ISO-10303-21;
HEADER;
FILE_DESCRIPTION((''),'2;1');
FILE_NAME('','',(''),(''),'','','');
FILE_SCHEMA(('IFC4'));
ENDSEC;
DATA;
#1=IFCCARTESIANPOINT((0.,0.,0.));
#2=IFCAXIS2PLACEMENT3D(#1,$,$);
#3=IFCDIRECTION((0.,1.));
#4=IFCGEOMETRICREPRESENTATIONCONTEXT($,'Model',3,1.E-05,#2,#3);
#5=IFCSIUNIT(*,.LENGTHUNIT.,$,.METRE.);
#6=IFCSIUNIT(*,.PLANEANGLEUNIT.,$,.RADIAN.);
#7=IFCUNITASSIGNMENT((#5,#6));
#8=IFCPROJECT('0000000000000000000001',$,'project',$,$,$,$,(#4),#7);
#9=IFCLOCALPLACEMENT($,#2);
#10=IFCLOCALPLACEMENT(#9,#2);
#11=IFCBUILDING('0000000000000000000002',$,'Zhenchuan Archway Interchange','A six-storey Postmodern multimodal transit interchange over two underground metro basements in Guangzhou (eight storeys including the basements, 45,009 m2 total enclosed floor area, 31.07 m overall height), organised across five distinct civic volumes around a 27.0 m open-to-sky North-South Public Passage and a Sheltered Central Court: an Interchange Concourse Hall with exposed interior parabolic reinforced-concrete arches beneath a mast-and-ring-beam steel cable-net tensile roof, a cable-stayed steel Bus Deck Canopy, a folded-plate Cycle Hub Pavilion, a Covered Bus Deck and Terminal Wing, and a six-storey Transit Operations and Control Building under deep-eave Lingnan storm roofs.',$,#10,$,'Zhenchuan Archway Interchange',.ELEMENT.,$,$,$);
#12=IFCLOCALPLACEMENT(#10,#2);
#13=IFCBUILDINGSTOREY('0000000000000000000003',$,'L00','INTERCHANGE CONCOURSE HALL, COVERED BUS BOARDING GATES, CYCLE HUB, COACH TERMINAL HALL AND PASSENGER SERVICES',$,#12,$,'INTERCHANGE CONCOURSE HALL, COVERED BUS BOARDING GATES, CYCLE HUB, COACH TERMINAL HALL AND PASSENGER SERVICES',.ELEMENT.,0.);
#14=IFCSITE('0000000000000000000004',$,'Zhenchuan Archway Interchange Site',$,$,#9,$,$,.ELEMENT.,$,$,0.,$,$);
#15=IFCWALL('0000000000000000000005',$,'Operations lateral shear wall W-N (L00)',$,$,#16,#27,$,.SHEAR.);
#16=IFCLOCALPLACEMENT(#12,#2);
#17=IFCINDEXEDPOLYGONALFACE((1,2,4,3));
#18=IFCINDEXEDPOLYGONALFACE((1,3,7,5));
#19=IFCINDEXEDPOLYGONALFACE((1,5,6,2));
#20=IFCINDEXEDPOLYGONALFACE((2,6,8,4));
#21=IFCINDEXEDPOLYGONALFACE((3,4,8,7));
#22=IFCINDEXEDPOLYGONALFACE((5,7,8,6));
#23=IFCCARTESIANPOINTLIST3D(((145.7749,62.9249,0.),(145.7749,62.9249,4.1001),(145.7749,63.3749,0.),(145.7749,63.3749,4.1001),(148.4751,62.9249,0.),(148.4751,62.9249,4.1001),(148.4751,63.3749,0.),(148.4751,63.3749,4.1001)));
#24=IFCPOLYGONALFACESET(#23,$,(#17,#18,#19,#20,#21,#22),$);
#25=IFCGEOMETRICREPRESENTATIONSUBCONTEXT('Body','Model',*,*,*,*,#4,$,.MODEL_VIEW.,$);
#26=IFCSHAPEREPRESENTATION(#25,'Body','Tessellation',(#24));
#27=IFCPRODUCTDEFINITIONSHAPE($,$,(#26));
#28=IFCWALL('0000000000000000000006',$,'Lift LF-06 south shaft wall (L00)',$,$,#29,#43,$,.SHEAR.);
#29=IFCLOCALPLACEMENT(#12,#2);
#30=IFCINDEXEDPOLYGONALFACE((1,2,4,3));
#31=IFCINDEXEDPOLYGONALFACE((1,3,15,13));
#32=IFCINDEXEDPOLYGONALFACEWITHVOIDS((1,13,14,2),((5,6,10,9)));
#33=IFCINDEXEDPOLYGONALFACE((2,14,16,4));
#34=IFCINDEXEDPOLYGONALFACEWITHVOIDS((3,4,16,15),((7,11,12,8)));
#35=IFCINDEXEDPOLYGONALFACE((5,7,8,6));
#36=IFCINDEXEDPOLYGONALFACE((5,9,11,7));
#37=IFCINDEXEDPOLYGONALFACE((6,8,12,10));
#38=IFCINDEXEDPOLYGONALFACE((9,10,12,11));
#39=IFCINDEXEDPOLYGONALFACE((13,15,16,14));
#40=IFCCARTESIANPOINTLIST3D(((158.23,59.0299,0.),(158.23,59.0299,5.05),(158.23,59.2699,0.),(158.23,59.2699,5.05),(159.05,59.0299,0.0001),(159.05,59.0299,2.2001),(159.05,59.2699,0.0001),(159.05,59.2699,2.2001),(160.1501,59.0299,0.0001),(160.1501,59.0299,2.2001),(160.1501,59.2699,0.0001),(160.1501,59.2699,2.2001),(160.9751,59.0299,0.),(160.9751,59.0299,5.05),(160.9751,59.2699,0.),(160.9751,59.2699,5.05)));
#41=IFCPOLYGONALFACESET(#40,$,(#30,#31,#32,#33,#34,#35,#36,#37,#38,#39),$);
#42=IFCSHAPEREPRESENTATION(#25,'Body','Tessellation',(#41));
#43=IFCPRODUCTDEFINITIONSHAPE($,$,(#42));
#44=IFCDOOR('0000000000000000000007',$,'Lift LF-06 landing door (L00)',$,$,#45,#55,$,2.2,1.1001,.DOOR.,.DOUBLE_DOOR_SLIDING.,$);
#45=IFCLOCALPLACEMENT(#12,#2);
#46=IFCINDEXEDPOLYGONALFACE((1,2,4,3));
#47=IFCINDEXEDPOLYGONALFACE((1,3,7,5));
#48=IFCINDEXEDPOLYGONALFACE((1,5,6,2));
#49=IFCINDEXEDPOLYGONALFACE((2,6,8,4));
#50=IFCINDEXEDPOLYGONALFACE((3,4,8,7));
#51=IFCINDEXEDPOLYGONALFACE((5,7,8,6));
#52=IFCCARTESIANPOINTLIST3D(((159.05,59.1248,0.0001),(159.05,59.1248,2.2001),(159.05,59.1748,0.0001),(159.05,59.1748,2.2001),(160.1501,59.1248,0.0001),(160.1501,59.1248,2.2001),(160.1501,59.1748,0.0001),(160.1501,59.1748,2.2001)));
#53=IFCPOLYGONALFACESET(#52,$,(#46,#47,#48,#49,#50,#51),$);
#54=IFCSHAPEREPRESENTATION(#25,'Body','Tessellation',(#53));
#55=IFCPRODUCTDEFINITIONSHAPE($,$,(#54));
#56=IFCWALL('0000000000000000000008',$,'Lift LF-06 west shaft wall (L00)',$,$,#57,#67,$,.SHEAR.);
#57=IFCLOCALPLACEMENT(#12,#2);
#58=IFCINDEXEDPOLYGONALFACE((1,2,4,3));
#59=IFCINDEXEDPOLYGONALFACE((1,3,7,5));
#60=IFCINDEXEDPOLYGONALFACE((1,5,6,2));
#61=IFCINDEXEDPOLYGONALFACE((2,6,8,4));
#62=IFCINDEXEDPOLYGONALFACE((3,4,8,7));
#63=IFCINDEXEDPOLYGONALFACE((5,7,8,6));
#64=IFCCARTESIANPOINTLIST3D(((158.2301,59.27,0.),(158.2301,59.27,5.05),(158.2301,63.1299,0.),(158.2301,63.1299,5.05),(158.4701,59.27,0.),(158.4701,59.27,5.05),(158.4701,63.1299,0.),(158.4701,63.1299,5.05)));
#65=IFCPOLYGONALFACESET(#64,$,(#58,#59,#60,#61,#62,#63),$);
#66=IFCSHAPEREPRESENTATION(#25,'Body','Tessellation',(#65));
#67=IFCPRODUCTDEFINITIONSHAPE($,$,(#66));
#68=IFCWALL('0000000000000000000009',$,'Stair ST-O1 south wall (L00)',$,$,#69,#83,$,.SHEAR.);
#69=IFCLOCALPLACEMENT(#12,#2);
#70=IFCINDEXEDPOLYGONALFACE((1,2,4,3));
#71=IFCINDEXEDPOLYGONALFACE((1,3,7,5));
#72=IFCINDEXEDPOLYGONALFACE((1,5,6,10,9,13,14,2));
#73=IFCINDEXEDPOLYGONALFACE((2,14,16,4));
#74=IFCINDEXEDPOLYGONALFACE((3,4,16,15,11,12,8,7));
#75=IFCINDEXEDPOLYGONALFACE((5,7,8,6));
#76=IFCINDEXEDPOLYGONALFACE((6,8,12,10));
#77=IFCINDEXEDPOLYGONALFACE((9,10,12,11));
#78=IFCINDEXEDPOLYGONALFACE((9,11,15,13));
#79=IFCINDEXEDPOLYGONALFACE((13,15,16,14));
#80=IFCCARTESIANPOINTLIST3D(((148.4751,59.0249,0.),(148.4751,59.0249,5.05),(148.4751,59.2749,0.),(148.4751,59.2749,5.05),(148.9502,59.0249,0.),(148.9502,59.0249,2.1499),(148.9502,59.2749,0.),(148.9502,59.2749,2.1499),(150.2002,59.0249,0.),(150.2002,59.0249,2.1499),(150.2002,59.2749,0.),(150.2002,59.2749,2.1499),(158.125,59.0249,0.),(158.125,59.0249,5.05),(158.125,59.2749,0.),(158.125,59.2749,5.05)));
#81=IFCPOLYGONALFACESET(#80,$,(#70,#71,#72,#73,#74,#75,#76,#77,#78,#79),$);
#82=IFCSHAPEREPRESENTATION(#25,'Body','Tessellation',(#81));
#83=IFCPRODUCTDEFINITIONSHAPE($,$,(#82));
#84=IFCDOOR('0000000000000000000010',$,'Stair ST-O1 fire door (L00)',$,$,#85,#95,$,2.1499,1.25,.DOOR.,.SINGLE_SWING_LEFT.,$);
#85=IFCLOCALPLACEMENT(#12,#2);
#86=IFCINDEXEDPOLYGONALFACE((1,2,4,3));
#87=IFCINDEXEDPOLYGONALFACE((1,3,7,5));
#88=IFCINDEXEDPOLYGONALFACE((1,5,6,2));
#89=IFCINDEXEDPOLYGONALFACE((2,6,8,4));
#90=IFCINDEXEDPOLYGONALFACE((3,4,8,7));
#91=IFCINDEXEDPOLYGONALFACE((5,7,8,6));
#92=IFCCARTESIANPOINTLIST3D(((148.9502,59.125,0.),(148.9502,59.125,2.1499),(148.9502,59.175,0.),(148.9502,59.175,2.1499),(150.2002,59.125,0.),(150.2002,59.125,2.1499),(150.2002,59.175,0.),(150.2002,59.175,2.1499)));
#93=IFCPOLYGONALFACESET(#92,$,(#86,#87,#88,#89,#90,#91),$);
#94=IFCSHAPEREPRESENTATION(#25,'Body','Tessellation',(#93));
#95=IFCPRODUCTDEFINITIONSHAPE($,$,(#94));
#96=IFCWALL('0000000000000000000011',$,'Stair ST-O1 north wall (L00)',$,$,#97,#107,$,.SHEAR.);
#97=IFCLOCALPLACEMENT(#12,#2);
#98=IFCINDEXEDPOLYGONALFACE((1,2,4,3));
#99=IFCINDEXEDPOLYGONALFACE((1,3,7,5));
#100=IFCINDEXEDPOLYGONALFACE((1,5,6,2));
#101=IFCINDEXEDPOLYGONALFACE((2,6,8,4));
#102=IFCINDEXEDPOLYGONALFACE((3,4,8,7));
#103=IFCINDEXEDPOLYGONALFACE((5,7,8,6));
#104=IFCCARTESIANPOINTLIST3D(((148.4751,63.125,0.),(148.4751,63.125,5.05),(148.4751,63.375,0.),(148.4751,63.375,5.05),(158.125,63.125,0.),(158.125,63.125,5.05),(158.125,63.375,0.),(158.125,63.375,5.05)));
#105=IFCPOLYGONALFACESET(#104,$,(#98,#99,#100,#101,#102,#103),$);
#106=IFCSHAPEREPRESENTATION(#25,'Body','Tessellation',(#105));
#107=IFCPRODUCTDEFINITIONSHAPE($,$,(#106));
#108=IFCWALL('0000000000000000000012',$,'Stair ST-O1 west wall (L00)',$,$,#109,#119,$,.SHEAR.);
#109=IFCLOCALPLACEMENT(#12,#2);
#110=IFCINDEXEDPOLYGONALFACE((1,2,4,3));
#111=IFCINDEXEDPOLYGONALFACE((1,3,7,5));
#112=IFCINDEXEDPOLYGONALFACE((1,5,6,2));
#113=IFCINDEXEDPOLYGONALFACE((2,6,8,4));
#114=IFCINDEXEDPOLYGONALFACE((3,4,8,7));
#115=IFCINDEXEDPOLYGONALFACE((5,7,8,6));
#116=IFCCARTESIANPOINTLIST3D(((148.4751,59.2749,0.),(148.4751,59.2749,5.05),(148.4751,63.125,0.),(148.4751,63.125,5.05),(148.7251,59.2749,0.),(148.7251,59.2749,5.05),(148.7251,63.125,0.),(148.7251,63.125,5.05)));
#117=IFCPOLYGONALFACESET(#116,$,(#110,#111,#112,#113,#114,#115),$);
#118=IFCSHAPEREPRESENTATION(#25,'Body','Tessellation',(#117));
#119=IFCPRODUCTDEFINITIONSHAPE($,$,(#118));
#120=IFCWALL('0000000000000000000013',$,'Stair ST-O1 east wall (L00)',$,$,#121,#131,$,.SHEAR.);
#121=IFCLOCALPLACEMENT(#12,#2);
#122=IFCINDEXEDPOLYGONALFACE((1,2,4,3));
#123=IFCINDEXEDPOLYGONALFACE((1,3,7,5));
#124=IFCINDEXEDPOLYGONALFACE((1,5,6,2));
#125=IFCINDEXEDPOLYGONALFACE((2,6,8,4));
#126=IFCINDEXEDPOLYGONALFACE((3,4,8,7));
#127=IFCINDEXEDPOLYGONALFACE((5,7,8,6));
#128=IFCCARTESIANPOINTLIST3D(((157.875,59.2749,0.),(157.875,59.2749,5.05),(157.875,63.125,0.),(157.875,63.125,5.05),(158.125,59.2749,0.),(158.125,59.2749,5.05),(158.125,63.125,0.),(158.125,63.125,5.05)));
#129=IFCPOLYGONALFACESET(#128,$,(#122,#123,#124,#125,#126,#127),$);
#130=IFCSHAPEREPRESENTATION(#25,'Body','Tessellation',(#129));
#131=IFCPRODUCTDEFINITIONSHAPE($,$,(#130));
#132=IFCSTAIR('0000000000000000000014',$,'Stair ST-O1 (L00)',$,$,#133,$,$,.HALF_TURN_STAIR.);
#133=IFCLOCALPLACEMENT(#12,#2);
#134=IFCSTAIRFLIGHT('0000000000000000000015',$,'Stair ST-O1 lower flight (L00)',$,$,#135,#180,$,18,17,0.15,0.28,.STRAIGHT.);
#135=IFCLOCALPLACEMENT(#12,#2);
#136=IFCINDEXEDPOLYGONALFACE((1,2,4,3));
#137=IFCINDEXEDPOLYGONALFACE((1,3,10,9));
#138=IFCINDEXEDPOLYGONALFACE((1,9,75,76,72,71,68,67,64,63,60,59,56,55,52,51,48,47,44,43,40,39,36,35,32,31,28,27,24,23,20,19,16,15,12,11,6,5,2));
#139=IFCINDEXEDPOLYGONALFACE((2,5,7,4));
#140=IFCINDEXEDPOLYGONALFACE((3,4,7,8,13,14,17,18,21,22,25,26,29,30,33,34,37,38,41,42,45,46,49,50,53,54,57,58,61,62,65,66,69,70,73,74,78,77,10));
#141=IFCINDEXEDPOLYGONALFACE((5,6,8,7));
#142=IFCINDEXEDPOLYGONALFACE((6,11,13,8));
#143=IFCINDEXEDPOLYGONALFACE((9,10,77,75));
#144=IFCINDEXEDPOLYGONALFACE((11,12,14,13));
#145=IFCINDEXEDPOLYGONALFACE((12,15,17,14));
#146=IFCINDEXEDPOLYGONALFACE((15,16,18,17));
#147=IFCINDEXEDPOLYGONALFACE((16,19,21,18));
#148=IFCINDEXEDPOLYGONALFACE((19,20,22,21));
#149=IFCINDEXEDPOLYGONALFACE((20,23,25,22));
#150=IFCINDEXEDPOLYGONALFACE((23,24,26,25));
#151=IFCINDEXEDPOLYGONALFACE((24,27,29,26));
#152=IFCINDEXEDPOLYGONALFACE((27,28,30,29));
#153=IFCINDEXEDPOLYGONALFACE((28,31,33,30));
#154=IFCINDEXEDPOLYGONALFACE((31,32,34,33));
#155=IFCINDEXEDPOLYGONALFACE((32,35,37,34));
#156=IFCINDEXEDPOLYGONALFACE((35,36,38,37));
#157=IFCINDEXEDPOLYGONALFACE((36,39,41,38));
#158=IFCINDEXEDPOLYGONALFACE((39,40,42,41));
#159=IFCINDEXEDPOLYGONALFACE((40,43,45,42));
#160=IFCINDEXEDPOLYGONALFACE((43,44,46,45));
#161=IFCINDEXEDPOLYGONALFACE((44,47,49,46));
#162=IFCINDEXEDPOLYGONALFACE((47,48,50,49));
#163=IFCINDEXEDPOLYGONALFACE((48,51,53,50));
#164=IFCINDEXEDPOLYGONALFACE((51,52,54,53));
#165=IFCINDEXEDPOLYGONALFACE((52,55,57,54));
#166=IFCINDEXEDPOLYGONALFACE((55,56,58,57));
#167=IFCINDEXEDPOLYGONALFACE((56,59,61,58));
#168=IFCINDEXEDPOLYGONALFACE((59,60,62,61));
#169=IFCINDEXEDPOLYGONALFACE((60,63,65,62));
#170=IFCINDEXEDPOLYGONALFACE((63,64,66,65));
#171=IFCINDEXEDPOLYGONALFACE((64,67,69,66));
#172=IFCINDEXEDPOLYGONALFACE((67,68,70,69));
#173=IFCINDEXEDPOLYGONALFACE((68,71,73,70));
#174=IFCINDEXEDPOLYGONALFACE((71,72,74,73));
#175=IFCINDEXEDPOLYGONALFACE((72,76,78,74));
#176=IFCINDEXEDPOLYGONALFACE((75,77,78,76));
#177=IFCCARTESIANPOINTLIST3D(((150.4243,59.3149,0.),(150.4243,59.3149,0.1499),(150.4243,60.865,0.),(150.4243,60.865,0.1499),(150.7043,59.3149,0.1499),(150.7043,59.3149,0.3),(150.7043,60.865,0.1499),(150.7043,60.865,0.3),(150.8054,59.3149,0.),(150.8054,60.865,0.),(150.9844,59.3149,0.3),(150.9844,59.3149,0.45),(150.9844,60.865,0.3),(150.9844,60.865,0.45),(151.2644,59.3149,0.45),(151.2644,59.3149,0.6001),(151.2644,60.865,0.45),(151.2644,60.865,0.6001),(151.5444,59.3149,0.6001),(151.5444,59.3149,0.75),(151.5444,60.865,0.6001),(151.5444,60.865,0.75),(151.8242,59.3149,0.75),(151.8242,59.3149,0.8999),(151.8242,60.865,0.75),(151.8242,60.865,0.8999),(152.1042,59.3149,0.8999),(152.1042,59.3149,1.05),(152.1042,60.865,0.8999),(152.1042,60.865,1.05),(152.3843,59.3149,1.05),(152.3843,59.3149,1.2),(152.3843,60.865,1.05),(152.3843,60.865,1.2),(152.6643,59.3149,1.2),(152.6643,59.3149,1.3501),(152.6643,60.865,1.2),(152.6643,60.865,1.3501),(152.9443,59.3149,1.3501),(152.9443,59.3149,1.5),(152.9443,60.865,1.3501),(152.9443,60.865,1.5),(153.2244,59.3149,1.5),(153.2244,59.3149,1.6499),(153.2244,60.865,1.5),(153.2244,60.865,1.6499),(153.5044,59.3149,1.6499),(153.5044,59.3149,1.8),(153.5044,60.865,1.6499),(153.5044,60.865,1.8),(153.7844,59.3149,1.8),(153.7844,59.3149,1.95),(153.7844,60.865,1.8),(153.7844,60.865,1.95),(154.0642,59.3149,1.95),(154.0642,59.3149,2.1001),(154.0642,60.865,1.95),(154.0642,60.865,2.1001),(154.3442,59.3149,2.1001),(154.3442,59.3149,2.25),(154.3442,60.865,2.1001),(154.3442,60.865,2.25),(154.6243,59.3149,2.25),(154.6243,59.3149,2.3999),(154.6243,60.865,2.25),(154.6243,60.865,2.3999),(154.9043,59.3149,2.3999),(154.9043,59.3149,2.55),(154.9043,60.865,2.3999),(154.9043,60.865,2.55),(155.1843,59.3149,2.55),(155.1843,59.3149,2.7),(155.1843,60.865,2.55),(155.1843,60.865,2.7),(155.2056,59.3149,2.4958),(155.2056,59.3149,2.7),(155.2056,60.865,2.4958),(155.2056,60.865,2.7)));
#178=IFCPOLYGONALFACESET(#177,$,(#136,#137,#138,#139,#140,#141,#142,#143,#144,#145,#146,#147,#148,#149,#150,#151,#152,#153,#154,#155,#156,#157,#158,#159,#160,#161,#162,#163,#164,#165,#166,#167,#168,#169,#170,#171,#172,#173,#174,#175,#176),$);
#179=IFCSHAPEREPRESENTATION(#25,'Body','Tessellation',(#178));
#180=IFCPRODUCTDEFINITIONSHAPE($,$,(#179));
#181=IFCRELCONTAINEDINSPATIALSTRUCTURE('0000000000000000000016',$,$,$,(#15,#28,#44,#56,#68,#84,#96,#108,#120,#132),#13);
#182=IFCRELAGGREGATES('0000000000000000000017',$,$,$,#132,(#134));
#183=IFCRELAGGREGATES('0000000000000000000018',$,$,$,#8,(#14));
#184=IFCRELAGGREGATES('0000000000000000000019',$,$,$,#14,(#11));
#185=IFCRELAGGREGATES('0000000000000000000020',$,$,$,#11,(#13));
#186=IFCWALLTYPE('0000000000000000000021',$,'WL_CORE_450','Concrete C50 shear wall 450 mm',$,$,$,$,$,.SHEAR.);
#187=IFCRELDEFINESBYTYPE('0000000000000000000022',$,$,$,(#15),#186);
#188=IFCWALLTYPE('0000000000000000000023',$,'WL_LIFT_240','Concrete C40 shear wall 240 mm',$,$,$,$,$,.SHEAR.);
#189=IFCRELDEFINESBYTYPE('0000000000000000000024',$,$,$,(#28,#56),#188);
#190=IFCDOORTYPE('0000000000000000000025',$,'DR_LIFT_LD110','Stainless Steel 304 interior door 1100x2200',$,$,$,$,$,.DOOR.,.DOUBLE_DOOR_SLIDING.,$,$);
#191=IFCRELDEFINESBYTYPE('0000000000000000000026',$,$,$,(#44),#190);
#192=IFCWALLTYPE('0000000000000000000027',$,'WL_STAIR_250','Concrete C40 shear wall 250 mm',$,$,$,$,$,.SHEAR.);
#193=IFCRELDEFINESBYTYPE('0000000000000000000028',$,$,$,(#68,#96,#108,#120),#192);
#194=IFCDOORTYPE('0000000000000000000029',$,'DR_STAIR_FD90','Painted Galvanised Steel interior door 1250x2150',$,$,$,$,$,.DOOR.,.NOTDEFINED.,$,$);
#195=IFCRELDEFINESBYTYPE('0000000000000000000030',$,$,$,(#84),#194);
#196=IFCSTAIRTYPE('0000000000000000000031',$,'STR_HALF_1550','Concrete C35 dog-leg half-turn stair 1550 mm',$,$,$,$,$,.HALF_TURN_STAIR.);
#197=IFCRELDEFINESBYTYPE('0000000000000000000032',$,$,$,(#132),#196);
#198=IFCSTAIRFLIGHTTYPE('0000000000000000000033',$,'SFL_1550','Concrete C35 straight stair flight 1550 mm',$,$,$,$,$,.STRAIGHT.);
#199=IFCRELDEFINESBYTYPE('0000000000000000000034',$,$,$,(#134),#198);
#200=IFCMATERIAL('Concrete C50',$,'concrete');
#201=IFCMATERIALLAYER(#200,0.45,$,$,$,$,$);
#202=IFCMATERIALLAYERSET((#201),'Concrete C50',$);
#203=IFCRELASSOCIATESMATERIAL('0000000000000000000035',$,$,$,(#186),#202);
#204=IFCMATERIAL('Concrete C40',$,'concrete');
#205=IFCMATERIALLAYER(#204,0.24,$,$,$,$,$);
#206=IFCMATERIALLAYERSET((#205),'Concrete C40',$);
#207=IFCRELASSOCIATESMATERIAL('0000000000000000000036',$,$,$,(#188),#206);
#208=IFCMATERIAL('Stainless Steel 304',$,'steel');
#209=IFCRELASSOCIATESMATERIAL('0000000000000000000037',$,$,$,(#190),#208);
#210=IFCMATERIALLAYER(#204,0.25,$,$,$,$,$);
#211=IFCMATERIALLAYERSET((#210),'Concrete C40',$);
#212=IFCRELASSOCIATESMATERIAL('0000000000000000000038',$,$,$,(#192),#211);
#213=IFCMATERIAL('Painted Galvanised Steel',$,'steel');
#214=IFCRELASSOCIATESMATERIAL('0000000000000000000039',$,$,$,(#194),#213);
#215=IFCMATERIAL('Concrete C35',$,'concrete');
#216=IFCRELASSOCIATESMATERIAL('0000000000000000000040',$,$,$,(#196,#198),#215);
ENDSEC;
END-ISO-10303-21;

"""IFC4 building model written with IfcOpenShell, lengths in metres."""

from ifc_helpers import new_model, si_unit, direction, frame, frame_2d, origin, place, context, subcontext, project, spatial, polyline, rectangle, outline, extrude, material, layer, layer_set, type_object, element, fill, aggregate, save


model = new_model("IFC4")

# Units and contexts
model_context = context("Model", 3, precision=1e-05, world=origin(), true_north=direction((0.0, 1.0)))
body_context = subcontext(model_context, "Body", "Model", "MODEL_VIEW")
ifc_project = project(units=[si_unit("LENGTHUNIT", "METRE"), si_unit("PLANEANGLEUNIT", "RADIAN")], contexts=[model_context])

# Site, building, storey
site_placement = place(None, origin())
site = spatial("IfcSite", under=ifc_project, at=site_placement, Name="Zhenchuan Archway Interchange Site", CompositionType="ELEMENT", RefElevation=0.0)
building_placement = place(site_placement, origin())
building = spatial("IfcBuilding", under=site, at=building_placement, Name="Zhenchuan Archway Interchange", Description="A six-storey Postmodern multimodal transit interchange over two underground metro basements in Guangzhou (eight storeys including the basements, 45,009 m2 total enclosed floor area, 31.07 m overall height), organised across five distinct civic volumes around a 27.0 m open-to-sky North-South Public Passage and a Sheltered Central Court: an Interchange Concourse Hall with exposed interior parabolic reinforced-concrete arches beneath a mast-and-ring-beam steel cable-net tensile roof, a cable-stayed steel Bus Deck Canopy, a folded-plate Cycle Hub Pavilion, a Covered Bus Deck and Terminal Wing, and a six-storey Transit Operations and Control Building under deep-eave Lingnan storm roofs.", LongName="Zhenchuan Archway Interchange", CompositionType="ELEMENT")
storey_placement = place(building_placement, origin())
storey = spatial("IfcBuildingStorey", under=building, at=storey_placement, Name="L00", Description="INTERCHANGE CONCOURSE HALL, COVERED BUS BOARDING GATES, CYCLE HUB, COACH TERMINAL HALL AND PASSENGER SERVICES", LongName="INTERCHANGE CONCOURSE HALL, COVERED BUS BOARDING GATES, CYCLE HUB, COACH TERMINAL HALL AND PASSENGER SERVICES", CompositionType="ELEMENT", Elevation=0.0)

# Shared definitions
ifc_material_1 = material(Name="Concrete C50", Category="concrete")

# Shared definitions
ifc_material_2 = material(Name="Concrete C40", Category="concrete")

# Wall
ifc_layer_1 = layer(ifc_material_1, 0.45)
ifc_layer_set_1 = layer_set([ifc_layer_1], Name="Concrete C50")
wall_type_1 = type_object("IfcWallType", Name="WL_CORE_450", Description="Concrete C50 shear wall 450 mm", PredefinedType="SHEAR", material=ifc_layer_set_1)
wall_1_placement = place(storey_placement, frame((145.7749, 63.1499, 0.0), z_axis=(0.0, 0.0, 1.0), x_axis=(1.0, 0.0, 0.0)))
element("IfcWall", 1, at=wall_1_placement, inside=storey, type_object=wall_type_1, Name="Operations lateral shear wall W-N (L00)", PredefinedType="SHEAR", context=body_context, shape_type="SweptSolid", body=[
    extrude(rectangle(XDim=2.7002, YDim=0.45, at=frame_2d((1.3501, 0.0))), origin(), (0.0, 0.0, 1.0), 4.1001),
])

# Wall, opening, door
ifc_layer_2 = layer(ifc_material_2, 0.24)
ifc_layer_set_2 = layer_set([ifc_layer_2], Name="Concrete C40")
wall_type_2 = type_object("IfcWallType", Name="WL_LIFT_240", Description="Concrete C40 shear wall 240 mm", PredefinedType="SHEAR", material=ifc_layer_set_2)
wall_2_placement = place(storey_placement, frame((158.23, 59.1499, 0.0), z_axis=(0.0, 0.0, 1.0), x_axis=(1.0, 0.0, 0.0)))
wall_2 = element("IfcWall", 2, at=wall_2_placement, inside=storey, type_object=wall_type_2, Name="Lift LF-06 south shaft wall (L00)", PredefinedType="SHEAR", context=body_context, shape_type="SweptSolid", body=[
    extrude(rectangle(XDim=2.7451, YDim=0.24, at=frame_2d((1.3726, 0.0))), origin(), (0.0, 0.0, 1.0), 5.05),
])
opening_1_placement = place(wall_2_placement, frame((0.8201, 0.0, 0.0)))
opening_1 = element("IfcOpeningElement", 3, at=opening_1_placement, cuts=wall_2, PredefinedType="OPENING", context=body_context, shape_type="SweptSolid", body=[
    extrude(rectangle(XDim=1.1001, YDim=2.2, at=frame_2d((0.55, 1.1001))), frame((0.0, 0.1318, 0.0), z_axis=(0.0, -1.0, 0.0), x_axis=(1.0, 0.0, 0.0)), (0.0, 0.0, 1.0), 0.2639),
])
ifc_material_3 = material(Name="Stainless Steel 304", Category="steel")
door_type_1 = type_object("IfcDoorType", Name="DR_LIFT_LD110", Description="Stainless Steel 304 interior door 1100x2200", OperationType="DOUBLE_DOOR_SLIDING", PredefinedType="DOOR", material=ifc_material_3)
door_1_placement = place(opening_1_placement, origin())
door_1 = element("IfcDoor", 4, at=door_1_placement, inside=storey, type_object=door_type_1, Name="Lift LF-06 landing door (L00)", OperationType="DOUBLE_DOOR_SLIDING", OverallHeight=2.2, OverallWidth=1.1001, PredefinedType="DOOR", context=body_context, shape_type="SweptSolid", body=[
    extrude(rectangle(XDim=1.1001, YDim=2.2, at=frame_2d((0.55, 1.1001))), frame((0.0, 0.0249, 0.0), z_axis=(0.0, -1.0, 0.0), x_axis=(1.0, 0.0, 0.0)), (0.0, 0.0, 1.0), 0.05),
])
fill(opening_1, door_1)

# Wall
wall_3_placement = place(storey_placement, frame((158.3501, 63.1299, 0.0), z_axis=(0.0, 0.0, 1.0), x_axis=(0.0, -1.0, 0.0)))
element("IfcWall", 5, at=wall_3_placement, inside=storey, type_object=wall_type_2, Name="Lift LF-06 west shaft wall (L00)", PredefinedType="SHEAR", context=body_context, shape_type="SweptSolid", body=[
    extrude(rectangle(XDim=3.8599, YDim=0.24, at=frame_2d((1.9299, 0.0))), origin(), (0.0, 0.0, 1.0), 5.05),
])

# Wall, opening, door
ifc_layer_3 = layer(ifc_material_2, 0.25)
ifc_layer_set_3 = layer_set([ifc_layer_3], Name="Concrete C40")
wall_type_3 = type_object("IfcWallType", Name="WL_STAIR_250", Description="Concrete C40 shear wall 250 mm", PredefinedType="SHEAR", material=ifc_layer_set_3)
wall_4_placement = place(storey_placement, frame((148.4751, 59.1499, 0.0), z_axis=(0.0, 0.0, 1.0), x_axis=(1.0, 0.0, 0.0)))
wall_4 = element("IfcWall", 6, at=wall_4_placement, inside=storey, type_object=wall_type_3, Name="Stair ST-O1 south wall (L00)", PredefinedType="SHEAR", context=body_context, shape_type="SweptSolid", body=[
    extrude(rectangle(XDim=9.6499, YDim=0.25, at=frame_2d((4.825, 0.0))), origin(), (0.0, 0.0, 1.0), 5.05),
])
opening_2_placement = place(wall_4_placement, frame((0.4751, 0.0, 0.0)))
opening_2 = element("IfcOpeningElement", 7, at=opening_2_placement, cuts=wall_4, PredefinedType="OPENING", context=body_context, shape_type="SweptSolid", body=[
    extrude(rectangle(XDim=1.25, YDim=2.1499, at=frame_2d((0.625, 1.075))), frame((0.0, 0.137, 0.0), z_axis=(0.0, -1.0, 0.0), x_axis=(1.0, 0.0, 0.0)), (0.0, 0.0, 1.0), 0.2739),
])
ifc_material_4 = material(Name="Painted Galvanised Steel", Category="steel")
door_type_2 = type_object("IfcDoorType", Name="DR_STAIR_FD90", Description="Painted Galvanised Steel interior door 1250x2150", OperationType="NOTDEFINED", PredefinedType="DOOR", material=ifc_material_4)
door_2_placement = place(opening_2_placement, frame((1.25, 0.0, 0.0), z_axis=(0.0, 0.0, 1.0), x_axis=(-1.0, 0.0, 0.0)))
door_2 = element("IfcDoor", 8, at=door_2_placement, inside=storey, type_object=door_type_2, Name="Stair ST-O1 fire door (L00)", OperationType="SINGLE_SWING_LEFT", OverallHeight=2.1499, OverallWidth=1.25, PredefinedType="DOOR", context=body_context, shape_type="SweptSolid", body=[
    extrude(rectangle(XDim=1.25, YDim=2.1499, at=frame_2d((0.625, 1.075))), frame((0.0, 0.0249, 0.0), z_axis=(0.0, -1.0, 0.0), x_axis=(1.0, 0.0, 0.0)), (0.0, 0.0, 1.0), 0.05),
])
fill(opening_2, door_2)

# Walls
wall_5_placement = place(storey_placement, frame((158.125, 63.25, 0.0), z_axis=(0.0, 0.0, 1.0), x_axis=(-1.0, 0.0, 0.0)))
element("IfcWall", 9, at=wall_5_placement, inside=storey, type_object=wall_type_3, Name="Stair ST-O1 north wall (L00)", PredefinedType="SHEAR", context=body_context, shape_type="SweptSolid", body=[
    extrude(rectangle(XDim=9.6499, YDim=0.25, at=frame_2d((4.825, 0.0))), origin(), (0.0, 0.0, 1.0), 5.05),
])
for number, where, z_axis, x_axis, name in (
    (10, (148.6001, 63.125, 0.0), (0.0, 0.0, 1.0), (0.0, -1.0, 0.0), "Stair ST-O1 west wall (L00)"),
    (11, (158.0, 59.2749, 0.0), (0.0, 0.0, 1.0), (0.0, 1.0, 0.0), "Stair ST-O1 east wall (L00)"),
):
    element("IfcWall", number, at=place(storey_placement, frame(where, z_axis=z_axis, x_axis=x_axis)), inside=storey, type_object=wall_type_3, Name=name, PredefinedType="SHEAR", context=body_context, shape_type="SweptSolid", body=[
        extrude(rectangle(XDim=3.8501, YDim=0.25, at=frame_2d((1.925, 0.0))), origin(), (0.0, 0.0, 1.0), 5.05),
    ])

# Stair, stair flight
ifc_material_5 = material(Name="Concrete C35", Category="concrete")
stair_type = type_object("IfcStairType", Name="STR_HALF_1550", Description="Concrete C35 dog-leg half-turn stair 1550 mm", PredefinedType="HALF_TURN_STAIR", material=ifc_material_5)
stair_placement = place(storey_placement, origin())
stair = element("IfcStair", 12, at=stair_placement, inside=storey, type_object=stair_type, Name="Stair ST-O1 (L00)", PredefinedType="HALF_TURN_STAIR")
stair_flight_type = type_object("IfcStairFlightType", Name="SFL_1550", Description="Concrete C35 straight stair flight 1550 mm", PredefinedType="STRAIGHT", material=ifc_material_5)
stair_flight_1_placement = place(storey_placement, frame((150.4243, 60.0901, 0.0), z_axis=(0.0, 0.0, 1.0), x_axis=(1.0, 0.0, 0.0)))
stair_flight_1 = element("IfcStairFlight", 13, at=stair_flight_1_placement, type_object=stair_flight_type, Name="Stair ST-O1 lower flight (L00)", NumberOfRisers=18, NumberOfTreads=17, PredefinedType="STRAIGHT", RiserHeight=0.15, TreadLength=0.28, context=body_context, shape_type="SweptSolid", body=[
    extrude(outline(polyline([(0.0, 0.0), (0.0, 0.1499), (0.28, 0.1499), (0.28, 0.3), (0.5601, 0.3), (0.5601, 0.45), (0.8401, 0.45), (0.8401, 0.6001), (1.1201, 0.6001), (1.1201, 0.75), (1.3999, 0.75), (1.3999, 0.8999), (1.6799, 0.8999), (1.6799, 1.05), (1.96, 1.05), (1.96, 1.2), (2.24, 1.2), (2.24, 1.3501), (2.52, 1.3501), (2.52, 1.5), (2.8, 1.5), (2.8, 1.6499), (3.0801, 1.6499), (3.0801, 1.8), (3.3601, 1.8), (3.3601, 1.95), (3.6399, 1.95), (3.6399, 2.1001), (3.9199, 2.1001), (3.9199, 2.25), (4.2, 2.25), (4.2, 2.3999), (4.48, 2.3999), (4.48, 2.55), (4.76, 2.55), (4.76, 2.7), (4.7812, 2.7), (4.7812, 2.4958), (0.3811, 0.0), (0.0, 0.0)])), frame((0.0, 0.7749, 0.0), z_axis=(0.0, -1.0, 0.0), x_axis=(1.0, 0.0, 0.0)), (0.0, 0.0, 1.0), 1.55),
])
aggregate(stair, [stair_flight_1])

save(model, "model.ifc")
